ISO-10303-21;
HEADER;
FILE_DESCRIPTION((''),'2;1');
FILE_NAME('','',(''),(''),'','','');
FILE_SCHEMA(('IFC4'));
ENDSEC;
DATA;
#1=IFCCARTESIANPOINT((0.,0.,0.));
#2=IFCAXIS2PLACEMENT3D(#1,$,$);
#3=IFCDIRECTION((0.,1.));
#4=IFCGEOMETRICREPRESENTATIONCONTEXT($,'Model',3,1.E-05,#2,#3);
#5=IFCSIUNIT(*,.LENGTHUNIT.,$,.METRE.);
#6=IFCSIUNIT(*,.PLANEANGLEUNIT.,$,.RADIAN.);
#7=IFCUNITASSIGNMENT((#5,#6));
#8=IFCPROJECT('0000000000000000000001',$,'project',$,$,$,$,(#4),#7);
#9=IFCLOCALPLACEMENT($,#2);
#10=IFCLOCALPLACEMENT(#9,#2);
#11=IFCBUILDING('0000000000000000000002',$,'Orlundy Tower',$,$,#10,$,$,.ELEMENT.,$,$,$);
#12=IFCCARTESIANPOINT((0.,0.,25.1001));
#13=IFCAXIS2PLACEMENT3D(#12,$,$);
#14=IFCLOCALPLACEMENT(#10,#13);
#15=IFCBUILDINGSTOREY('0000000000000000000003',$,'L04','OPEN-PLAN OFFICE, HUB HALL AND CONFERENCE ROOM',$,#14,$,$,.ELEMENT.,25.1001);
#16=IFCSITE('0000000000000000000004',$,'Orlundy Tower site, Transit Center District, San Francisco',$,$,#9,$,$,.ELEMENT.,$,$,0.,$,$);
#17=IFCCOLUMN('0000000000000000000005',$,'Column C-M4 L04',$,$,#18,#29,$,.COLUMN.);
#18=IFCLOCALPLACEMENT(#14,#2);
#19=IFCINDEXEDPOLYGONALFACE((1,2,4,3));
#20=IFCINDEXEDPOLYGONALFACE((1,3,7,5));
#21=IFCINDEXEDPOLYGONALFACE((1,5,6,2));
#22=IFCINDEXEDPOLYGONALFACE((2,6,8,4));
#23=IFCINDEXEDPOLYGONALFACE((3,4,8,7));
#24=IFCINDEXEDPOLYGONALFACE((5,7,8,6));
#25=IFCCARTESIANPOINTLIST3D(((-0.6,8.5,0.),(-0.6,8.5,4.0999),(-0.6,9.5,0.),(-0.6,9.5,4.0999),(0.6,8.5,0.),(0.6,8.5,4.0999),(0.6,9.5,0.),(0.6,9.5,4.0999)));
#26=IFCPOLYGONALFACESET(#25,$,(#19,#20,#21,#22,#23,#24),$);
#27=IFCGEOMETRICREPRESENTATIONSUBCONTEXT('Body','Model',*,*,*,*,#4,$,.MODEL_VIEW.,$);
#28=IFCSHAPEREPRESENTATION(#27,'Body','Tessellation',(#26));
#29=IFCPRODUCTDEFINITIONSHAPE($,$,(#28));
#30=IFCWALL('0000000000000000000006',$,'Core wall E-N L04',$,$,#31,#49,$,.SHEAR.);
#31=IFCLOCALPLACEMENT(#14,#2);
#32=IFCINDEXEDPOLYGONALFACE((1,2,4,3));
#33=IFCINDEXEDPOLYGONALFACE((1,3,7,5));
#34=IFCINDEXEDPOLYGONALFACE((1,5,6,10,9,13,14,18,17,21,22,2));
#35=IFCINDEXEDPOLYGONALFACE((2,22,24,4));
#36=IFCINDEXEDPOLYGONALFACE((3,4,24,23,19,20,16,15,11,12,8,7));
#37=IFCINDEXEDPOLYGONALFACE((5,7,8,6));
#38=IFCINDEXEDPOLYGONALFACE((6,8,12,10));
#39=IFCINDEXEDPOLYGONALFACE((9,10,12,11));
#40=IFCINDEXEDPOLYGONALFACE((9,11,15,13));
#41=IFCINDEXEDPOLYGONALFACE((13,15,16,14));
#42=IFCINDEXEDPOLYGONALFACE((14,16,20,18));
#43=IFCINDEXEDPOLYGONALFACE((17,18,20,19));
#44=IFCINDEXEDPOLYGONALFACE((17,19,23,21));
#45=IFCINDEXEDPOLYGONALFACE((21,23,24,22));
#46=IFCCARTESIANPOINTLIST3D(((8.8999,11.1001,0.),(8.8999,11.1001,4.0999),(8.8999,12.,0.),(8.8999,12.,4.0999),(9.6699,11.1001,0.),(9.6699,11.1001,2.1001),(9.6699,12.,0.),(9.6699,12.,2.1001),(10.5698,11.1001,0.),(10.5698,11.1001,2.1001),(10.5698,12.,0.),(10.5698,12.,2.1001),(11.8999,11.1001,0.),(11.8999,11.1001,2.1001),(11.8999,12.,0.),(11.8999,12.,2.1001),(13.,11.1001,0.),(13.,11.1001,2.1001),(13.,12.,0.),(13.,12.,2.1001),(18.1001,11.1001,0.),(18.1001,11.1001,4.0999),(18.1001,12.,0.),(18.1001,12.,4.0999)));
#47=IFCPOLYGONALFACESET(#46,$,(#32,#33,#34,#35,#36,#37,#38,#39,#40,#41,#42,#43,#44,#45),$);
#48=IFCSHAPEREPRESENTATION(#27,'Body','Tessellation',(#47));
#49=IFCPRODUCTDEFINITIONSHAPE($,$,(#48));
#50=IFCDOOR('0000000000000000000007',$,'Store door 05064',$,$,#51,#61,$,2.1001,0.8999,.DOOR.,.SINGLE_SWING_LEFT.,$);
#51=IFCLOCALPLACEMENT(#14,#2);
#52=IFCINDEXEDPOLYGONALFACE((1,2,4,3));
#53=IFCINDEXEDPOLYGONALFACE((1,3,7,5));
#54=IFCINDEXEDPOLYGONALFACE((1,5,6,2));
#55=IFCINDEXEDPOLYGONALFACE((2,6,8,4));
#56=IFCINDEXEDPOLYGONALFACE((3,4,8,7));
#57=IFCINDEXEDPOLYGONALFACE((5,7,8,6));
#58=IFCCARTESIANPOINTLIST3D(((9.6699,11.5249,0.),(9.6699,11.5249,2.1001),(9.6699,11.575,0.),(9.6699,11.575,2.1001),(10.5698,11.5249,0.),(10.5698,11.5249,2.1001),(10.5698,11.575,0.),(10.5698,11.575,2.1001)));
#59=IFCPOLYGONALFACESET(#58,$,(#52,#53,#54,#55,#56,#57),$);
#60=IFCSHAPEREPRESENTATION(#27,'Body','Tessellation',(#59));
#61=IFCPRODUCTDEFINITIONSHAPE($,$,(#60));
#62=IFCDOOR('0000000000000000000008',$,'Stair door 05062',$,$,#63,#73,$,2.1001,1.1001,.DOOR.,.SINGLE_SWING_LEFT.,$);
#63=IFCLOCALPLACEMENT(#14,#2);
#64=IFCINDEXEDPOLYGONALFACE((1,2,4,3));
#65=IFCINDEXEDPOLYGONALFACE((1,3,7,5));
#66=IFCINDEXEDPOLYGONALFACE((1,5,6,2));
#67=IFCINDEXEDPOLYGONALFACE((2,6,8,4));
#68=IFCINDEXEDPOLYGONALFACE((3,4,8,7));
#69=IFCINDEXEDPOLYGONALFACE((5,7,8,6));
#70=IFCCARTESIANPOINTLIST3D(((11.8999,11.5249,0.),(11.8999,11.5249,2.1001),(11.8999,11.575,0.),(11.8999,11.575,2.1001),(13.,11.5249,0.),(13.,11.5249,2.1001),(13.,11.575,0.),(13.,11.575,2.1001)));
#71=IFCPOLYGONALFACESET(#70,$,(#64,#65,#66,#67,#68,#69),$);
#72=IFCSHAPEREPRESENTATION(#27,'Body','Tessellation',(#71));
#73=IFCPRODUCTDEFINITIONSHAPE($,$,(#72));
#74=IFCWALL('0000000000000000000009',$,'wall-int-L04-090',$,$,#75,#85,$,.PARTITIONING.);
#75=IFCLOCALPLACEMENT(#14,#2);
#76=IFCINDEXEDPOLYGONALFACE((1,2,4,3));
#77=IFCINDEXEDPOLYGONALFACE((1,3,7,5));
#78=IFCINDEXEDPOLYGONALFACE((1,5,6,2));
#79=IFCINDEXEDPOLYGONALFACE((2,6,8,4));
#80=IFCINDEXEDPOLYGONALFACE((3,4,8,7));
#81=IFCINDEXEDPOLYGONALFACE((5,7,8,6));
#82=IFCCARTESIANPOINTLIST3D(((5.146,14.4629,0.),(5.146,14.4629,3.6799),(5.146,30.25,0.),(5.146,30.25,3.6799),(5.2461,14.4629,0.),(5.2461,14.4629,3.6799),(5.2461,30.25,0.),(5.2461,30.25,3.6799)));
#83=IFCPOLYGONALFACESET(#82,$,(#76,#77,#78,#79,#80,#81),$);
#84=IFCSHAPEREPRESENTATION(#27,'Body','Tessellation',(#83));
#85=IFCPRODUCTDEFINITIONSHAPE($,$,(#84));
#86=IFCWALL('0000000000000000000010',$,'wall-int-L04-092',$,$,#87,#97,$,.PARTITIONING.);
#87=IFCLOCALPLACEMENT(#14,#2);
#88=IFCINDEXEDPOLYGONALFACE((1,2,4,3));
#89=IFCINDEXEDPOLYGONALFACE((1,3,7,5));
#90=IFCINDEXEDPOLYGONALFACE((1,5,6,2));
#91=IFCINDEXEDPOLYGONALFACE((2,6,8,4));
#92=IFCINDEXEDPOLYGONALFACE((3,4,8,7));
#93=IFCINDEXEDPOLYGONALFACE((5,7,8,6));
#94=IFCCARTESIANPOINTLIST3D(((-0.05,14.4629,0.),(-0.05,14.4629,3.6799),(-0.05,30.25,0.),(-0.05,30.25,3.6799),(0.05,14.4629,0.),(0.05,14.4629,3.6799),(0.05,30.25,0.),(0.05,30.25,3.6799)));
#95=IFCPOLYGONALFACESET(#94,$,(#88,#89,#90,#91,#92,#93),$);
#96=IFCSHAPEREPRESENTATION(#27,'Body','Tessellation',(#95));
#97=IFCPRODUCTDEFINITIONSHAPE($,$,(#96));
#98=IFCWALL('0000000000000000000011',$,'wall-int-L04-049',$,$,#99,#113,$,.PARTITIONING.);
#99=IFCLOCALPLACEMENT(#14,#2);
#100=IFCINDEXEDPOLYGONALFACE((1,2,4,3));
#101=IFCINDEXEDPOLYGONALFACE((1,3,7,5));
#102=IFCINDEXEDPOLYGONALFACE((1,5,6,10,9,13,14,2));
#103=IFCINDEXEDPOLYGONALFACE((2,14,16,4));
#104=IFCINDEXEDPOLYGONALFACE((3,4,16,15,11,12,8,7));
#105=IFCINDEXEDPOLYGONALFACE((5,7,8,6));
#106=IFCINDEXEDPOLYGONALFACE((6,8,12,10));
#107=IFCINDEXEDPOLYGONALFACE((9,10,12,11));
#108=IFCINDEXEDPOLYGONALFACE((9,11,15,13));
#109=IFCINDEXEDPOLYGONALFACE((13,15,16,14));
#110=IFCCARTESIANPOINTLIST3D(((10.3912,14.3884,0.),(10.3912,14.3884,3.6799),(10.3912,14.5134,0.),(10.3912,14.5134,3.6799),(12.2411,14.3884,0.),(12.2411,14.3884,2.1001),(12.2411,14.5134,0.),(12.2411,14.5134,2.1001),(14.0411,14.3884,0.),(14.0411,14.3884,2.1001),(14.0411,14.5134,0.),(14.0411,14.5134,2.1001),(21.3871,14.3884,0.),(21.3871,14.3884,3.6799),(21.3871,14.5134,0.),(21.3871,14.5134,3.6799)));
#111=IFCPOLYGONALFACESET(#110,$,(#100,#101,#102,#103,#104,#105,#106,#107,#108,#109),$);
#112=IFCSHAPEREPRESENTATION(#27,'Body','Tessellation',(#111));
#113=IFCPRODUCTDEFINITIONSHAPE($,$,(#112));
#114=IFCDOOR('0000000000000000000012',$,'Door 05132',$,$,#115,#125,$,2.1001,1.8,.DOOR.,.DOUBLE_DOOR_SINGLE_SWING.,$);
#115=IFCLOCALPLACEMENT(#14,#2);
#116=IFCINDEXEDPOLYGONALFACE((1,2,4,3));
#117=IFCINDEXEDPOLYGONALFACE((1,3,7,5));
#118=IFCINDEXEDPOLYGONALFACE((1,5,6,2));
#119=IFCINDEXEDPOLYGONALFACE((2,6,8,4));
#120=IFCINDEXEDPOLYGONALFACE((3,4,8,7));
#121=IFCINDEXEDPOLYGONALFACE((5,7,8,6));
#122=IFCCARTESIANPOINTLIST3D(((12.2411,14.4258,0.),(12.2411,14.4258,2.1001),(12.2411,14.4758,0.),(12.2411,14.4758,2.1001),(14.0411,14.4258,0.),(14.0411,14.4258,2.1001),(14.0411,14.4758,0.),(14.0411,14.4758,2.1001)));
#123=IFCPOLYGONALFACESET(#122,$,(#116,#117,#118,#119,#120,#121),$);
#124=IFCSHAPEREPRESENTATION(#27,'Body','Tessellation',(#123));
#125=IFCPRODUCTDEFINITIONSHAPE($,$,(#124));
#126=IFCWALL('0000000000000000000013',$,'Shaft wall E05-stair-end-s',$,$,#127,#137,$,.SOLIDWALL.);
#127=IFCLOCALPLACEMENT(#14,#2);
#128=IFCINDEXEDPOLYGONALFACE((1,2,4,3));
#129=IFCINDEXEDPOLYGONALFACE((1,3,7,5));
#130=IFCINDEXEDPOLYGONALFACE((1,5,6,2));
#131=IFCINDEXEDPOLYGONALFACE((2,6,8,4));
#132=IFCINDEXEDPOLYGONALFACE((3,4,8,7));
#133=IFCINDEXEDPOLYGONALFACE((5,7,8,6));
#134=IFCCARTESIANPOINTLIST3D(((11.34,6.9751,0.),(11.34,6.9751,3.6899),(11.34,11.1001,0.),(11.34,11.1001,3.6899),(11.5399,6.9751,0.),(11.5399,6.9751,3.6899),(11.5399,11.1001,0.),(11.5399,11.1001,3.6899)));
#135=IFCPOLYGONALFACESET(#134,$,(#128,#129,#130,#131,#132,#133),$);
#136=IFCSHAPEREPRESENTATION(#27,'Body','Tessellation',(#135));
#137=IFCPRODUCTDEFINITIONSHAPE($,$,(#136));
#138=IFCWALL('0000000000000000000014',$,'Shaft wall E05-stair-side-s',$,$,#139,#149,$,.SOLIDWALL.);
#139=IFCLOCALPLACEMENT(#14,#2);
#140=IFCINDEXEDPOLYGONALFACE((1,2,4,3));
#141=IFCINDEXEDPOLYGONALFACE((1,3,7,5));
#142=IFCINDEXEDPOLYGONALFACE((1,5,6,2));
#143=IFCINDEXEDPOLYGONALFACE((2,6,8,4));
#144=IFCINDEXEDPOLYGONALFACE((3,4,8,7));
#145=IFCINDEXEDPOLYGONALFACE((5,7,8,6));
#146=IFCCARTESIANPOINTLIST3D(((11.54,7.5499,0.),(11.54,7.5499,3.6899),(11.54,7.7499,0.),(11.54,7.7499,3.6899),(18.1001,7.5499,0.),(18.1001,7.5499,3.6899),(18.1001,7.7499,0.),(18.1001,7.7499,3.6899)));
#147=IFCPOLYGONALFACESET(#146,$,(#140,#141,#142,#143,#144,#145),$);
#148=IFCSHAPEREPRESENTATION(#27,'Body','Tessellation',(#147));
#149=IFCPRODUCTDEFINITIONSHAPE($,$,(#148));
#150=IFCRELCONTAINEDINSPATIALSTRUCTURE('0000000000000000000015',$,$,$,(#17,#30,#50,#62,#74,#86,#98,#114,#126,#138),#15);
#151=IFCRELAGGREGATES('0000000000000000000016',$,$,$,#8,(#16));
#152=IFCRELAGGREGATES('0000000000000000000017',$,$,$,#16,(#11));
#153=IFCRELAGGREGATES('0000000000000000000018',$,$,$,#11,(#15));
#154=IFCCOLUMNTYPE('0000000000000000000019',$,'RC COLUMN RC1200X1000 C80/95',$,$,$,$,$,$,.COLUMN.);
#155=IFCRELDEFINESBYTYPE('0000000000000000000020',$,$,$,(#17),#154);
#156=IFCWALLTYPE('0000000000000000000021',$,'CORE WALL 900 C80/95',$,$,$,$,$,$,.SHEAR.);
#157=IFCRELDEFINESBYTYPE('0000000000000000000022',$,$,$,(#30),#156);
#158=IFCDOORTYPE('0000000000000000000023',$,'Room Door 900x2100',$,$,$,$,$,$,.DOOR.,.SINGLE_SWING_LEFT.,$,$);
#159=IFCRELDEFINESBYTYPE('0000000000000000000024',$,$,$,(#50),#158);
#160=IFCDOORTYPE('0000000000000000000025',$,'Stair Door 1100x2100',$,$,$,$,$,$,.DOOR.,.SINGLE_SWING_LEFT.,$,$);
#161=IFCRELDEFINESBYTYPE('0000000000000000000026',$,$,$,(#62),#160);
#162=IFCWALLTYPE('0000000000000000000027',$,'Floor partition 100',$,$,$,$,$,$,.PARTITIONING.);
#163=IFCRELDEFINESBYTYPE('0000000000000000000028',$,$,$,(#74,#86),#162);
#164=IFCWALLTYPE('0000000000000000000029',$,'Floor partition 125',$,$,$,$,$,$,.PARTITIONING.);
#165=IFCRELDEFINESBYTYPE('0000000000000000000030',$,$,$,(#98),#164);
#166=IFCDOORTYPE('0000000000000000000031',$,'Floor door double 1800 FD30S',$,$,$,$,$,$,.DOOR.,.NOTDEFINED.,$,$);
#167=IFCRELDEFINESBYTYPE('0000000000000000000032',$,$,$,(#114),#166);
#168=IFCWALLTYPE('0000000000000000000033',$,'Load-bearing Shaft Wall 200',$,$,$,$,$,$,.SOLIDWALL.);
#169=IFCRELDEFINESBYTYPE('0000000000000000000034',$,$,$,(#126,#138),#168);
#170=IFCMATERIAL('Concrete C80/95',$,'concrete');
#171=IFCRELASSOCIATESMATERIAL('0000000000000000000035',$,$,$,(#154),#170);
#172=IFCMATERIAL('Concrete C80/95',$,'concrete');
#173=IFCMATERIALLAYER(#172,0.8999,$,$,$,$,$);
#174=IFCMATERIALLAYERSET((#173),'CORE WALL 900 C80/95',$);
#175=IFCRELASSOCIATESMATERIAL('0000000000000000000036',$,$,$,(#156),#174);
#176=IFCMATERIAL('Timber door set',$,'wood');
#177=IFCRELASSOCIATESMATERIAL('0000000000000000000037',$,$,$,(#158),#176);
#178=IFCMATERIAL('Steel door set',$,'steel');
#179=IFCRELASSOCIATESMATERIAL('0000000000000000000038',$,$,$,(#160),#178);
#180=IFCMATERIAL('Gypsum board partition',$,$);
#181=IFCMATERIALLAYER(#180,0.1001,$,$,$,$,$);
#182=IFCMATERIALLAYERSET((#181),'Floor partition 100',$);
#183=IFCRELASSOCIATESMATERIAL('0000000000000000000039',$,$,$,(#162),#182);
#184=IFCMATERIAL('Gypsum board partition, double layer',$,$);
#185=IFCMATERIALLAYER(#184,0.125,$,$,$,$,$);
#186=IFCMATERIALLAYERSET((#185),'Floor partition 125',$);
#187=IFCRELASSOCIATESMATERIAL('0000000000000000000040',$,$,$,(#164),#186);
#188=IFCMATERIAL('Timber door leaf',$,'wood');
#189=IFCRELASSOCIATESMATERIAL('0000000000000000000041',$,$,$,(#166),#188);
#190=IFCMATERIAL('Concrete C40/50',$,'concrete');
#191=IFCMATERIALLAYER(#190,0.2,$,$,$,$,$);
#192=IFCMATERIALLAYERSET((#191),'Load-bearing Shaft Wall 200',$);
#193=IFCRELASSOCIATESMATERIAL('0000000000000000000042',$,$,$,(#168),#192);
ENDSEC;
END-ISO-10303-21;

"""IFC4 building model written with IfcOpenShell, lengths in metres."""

from ifc_helpers import new_model, si_unit, direction, frame, frame_2d, origin, origin_2d, place, context, subcontext, project, spatial, rectangle, extrude, material, layer, layer_set, material_profile, profile_set, type_object, element, fill, save


model = new_model("IFC4")

# Units and contexts
model_context = context("Model", 3, precision=1e-05, world=origin(), true_north=direction((0.0, 1.0)))
body_context = subcontext(model_context, "Body", "Model", "MODEL_VIEW")
ifc_project = project(units=[si_unit("LENGTHUNIT", "METRE"), si_unit("PLANEANGLEUNIT", "RADIAN")], contexts=[model_context])

# Site, building, storey
site_placement = place(None, origin())
site = spatial("IfcSite", under=ifc_project, at=site_placement, Name="Orlundy Tower site, Transit Center District, San Francisco", CompositionType="ELEMENT", RefElevation=0.0)
building_placement = place(site_placement, origin())
building = spatial("IfcBuilding", under=site, at=building_placement, Name="Orlundy Tower", CompositionType="ELEMENT")
storey_placement = place(building_placement, frame((0.0, 0.0, 25.1001)))
storey = spatial("IfcBuildingStorey", under=building, at=storey_placement, Name="L04", Description="OPEN-PLAN OFFICE, HUB HALL AND CONFERENCE ROOM", CompositionType="ELEMENT", Elevation=25.1001)

# Column
ifc_material_1 = material(Name="Concrete C80/95", Category="concrete")
ifc_material_profile = material_profile(ifc_material_1, rectangle(XDim=1.2, YDim=1.0, at=origin_2d()), Name="RC1200X1000")
ifc_profile_set = profile_set([ifc_material_profile], Name="Concrete C80/95")
column_type = type_object("IfcColumnType", Name="RC COLUMN RC1200X1000 C80/95", PredefinedType="COLUMN", material=ifc_profile_set)
column_placement = place(storey_placement, frame((0.0, 9.0, 0.0), z_axis=(0.0, 0.0, 1.0), x_axis=(1.0, 0.0, 0.0)))
element("IfcColumn", 1, at=column_placement, inside=storey, type_object=column_type, Name="Column C-M4 L04", PredefinedType="COLUMN", context=body_context, shape_type="SweptSolid", body=[
    extrude(rectangle(XDim=1.2, YDim=1.0, at=origin_2d()), origin(), (0.0, 0.0, 1.0), 4.0999),
])

# Wall, openings, doors
ifc_material_2 = material(Name="Concrete C80/95", Category="concrete")
ifc_layer_1 = layer(ifc_material_2, 0.8999)
ifc_layer_set_1 = layer_set([ifc_layer_1], Name="CORE WALL 900 C80/95")
wall_type_1 = type_object("IfcWallType", Name="CORE WALL 900 C80/95", PredefinedType="SHEAR", material=ifc_layer_set_1)
wall_1_placement = place(storey_placement, frame((8.8999, 11.55, 0.0), z_axis=(0.0, 0.0, 1.0), x_axis=(1.0, 0.0, 0.0)))
wall_1 = element("IfcWall", 2, at=wall_1_placement, inside=storey, type_object=wall_type_1, Name="Core wall E-N L04", PredefinedType="SHEAR", context=body_context, shape_type="SweptSolid", body=[
    extrude(rectangle(XDim=9.2002, YDim=0.8999, at=frame_2d((4.6001, 0.0))), origin(), (0.0, 0.0, 1.0), 4.0999),
])
opening_1_placement = place(wall_1_placement, frame((3.0, 0.0, 0.0)))
opening_1 = element("IfcOpeningElement", 3, at=opening_1_placement, cuts=wall_1, PredefinedType="OPENING", context=body_context, shape_type="SweptSolid", body=[
    extrude(rectangle(XDim=1.1001, YDim=2.1001, at=frame_2d((0.55, 1.05))), frame((0.0, 0.46, 0.0), z_axis=(0.0, -1.0, 0.0), x_axis=(1.0, 0.0, 0.0)), (0.0, 0.0, 1.0), 0.9199),
])
opening_2_placement = place(wall_1_placement, frame((0.77, 0.0, 0.0)))
opening_2 = element("IfcOpeningElement", 4, at=opening_2_placement, cuts=wall_1, PredefinedType="OPENING", context=body_context, shape_type="SweptSolid", body=[
    extrude(rectangle(XDim=0.8999, YDim=2.1001, at=frame_2d((0.45, 1.05))), frame((0.0, 0.46, 0.0), z_axis=(0.0, -1.0, 0.0), x_axis=(1.0, 0.0, 0.0)), (0.0, 0.0, 1.0), 0.9199),
])
ifc_material_3 = material(Name="Timber door set", Category="wood")
door_type_1 = type_object("IfcDoorType", Name="Room Door 900x2100", OperationType="SINGLE_SWING_LEFT", PredefinedType="DOOR", material=ifc_material_3)
door_1_placement = place(opening_2_placement, origin())
door_1 = element("IfcDoor", 5, at=door_1_placement, inside=storey, type_object=door_type_1, Name="Store door 05064", OperationType="SINGLE_SWING_LEFT", OverallHeight=2.1001, OverallWidth=0.8999, PredefinedType="DOOR", context=body_context, shape_type="SweptSolid", body=[
    extrude(rectangle(XDim=0.8999, YDim=2.1001, at=frame_2d((0.45, 1.05))), frame((0.0, 0.0249, 0.0), z_axis=(0.0, -1.0, 0.0), x_axis=(1.0, 0.0, 0.0)), (0.0, 0.0, 1.0), 0.05),
])
fill(opening_2, door_1)
ifc_material_4 = material(Name="Steel door set", Category="steel")
door_type_2 = type_object("IfcDoorType", Name="Stair Door 1100x2100", OperationType="SINGLE_SWING_LEFT", PredefinedType="DOOR", material=ifc_material_4)
door_2_placement = place(opening_1_placement, origin())
door_2 = element("IfcDoor", 6, at=door_2_placement, inside=storey, type_object=door_type_2, Name="Stair door 05062", OperationType="SINGLE_SWING_LEFT", OverallHeight=2.1001, OverallWidth=1.1001, PredefinedType="DOOR", context=body_context, shape_type="SweptSolid", body=[
    extrude(rectangle(XDim=1.1001, YDim=2.1001, at=frame_2d((0.55, 1.05))), frame((0.0, 0.0249, 0.0), z_axis=(0.0, -1.0, 0.0), x_axis=(1.0, 0.0, 0.0)), (0.0, 0.0, 1.0), 0.05),
])
fill(opening_1, door_2)

# Walls
ifc_material_5 = material(Name="Gypsum board partition")
ifc_layer_2 = layer(ifc_material_5, 0.1001)
ifc_layer_set_2 = layer_set([ifc_layer_2], Name="Floor partition 100")
wall_type_2 = type_object("IfcWallType", Name="Floor partition 100", PredefinedType="PARTITIONING", material=ifc_layer_set_2)
for number, where, z_axis, x_axis, name in (
    (7, (5.196, 14.4629, 0.0), (0.0, 0.0, 1.0), (0.0, 1.0, 0.0), "wall-int-L04-090"),
    (8, (0.0, 14.4629, 0.0), (0.0, 0.0, 1.0), (0.0, 1.0, 0.0), "wall-int-L04-092"),
):
    element("IfcWall", number, at=place(storey_placement, frame(where, z_axis=z_axis, x_axis=x_axis)), inside=storey, type_object=wall_type_2, Name=name, PredefinedType="PARTITIONING", context=body_context, shape_type="SweptSolid", body=[
        extrude(rectangle(XDim=15.7871, YDim=0.1001, at=frame_2d((7.8936, 0.0))), origin(), (0.0, 0.0, 1.0), 3.6799),
    ])

# Wall, opening, door
ifc_material_6 = material(Name="Gypsum board partition, double layer")
ifc_layer_3 = layer(ifc_material_6, 0.125)
ifc_layer_set_3 = layer_set([ifc_layer_3], Name="Floor partition 125")
wall_type_3 = type_object("IfcWallType", Name="Floor partition 125", PredefinedType="PARTITIONING", material=ifc_layer_set_3)
wall_2_placement = place(storey_placement, frame((10.3911, 14.4509, 0.0), z_axis=(0.0, 0.0, 1.0), x_axis=(1.0, 0.0, 0.0)))
wall_2 = element("IfcWall", 9, at=wall_2_placement, inside=storey, type_object=wall_type_3, Name="wall-int-L04-049", PredefinedType="PARTITIONING", context=body_context, shape_type="SweptSolid", body=[
    extrude(rectangle(XDim=10.9958, YDim=0.125, at=frame_2d((5.498, 0.0))), origin(), (0.0, 0.0, 1.0), 3.6799),
])
opening_3_placement = place(wall_2_placement, frame((1.8501, 0.0, 0.0)))
opening_3 = element("IfcOpeningElement", 10, at=opening_3_placement, cuts=wall_2, PredefinedType="OPENING", context=body_context, shape_type="SweptSolid", body=[
    extrude(rectangle(XDim=1.8, YDim=2.1001, at=frame_2d((0.8999, 1.05))), frame((0.0, 0.0725, 0.0), z_axis=(0.0, -1.0, 0.0), x_axis=(1.0, 0.0, 0.0)), (0.0, 0.0, 1.0), 0.145),
])
ifc_material_7 = material(Name="Timber door leaf", Category="wood")
door_type_3 = type_object("IfcDoorType", Name="Floor door double 1800 FD30S", OperationType="NOTDEFINED", PredefinedType="DOOR", material=ifc_material_7)
door_3_placement = place(opening_3_placement, origin())
door_3 = element("IfcDoor", 11, at=door_3_placement, inside=storey, type_object=door_type_3, Name="Door 05132", OperationType="DOUBLE_DOOR_SINGLE_SWING", OverallHeight=2.1001, OverallWidth=1.8, PredefinedType="DOOR", context=body_context, shape_type="SweptSolid", body=[
    extrude(rectangle(XDim=1.8, YDim=2.1001, at=frame_2d((0.8999, 1.05))), frame((0.0, 0.0249, 0.0), z_axis=(0.0, -1.0, 0.0), x_axis=(1.0, 0.0, 0.0)), (0.0, 0.0, 1.0), 0.05),
])
fill(opening_3, door_3)

# Walls
ifc_material_8 = material(Name="Concrete C40/50", Category="concrete")
ifc_layer_4 = layer(ifc_material_8, 0.2)
ifc_layer_set_4 = layer_set([ifc_layer_4], Name="Load-bearing Shaft Wall 200")
wall_type_4 = type_object("IfcWallType", Name="Load-bearing Shaft Wall 200", PredefinedType="SOLIDWALL", material=ifc_layer_set_4)
wall_3_placement = place(storey_placement, frame((11.4399, 11.1001, 0.0), z_axis=(0.0, 0.0, 1.0), x_axis=(0.0, -1.0, 0.0)))
element("IfcWall", 12, at=wall_3_placement, inside=storey, type_object=wall_type_4, Name="Shaft wall E05-stair-end-s", PredefinedType="SOLIDWALL", context=body_context, shape_type="SweptSolid", body=[
    extrude(rectangle(XDim=4.125, YDim=0.2, at=frame_2d((2.0625, 0.0))), origin(), (0.0, 0.0, 1.0), 3.6899),
])
wall_4_placement = place(storey_placement, frame((11.54, 7.6499, 0.0), z_axis=(0.0, 0.0, 1.0), x_axis=(1.0, 0.0, 0.0)))
element("IfcWall", 13, at=wall_4_placement, inside=storey, type_object=wall_type_4, Name="Shaft wall E05-stair-side-s", PredefinedType="SOLIDWALL", context=body_context, shape_type="SweptSolid", body=[
    extrude(rectangle(XDim=6.5601, YDim=0.2, at=frame_2d((3.28, 0.0))), origin(), (0.0, 0.0, 1.0), 3.6899),
])

save(model, "model.ifc")
